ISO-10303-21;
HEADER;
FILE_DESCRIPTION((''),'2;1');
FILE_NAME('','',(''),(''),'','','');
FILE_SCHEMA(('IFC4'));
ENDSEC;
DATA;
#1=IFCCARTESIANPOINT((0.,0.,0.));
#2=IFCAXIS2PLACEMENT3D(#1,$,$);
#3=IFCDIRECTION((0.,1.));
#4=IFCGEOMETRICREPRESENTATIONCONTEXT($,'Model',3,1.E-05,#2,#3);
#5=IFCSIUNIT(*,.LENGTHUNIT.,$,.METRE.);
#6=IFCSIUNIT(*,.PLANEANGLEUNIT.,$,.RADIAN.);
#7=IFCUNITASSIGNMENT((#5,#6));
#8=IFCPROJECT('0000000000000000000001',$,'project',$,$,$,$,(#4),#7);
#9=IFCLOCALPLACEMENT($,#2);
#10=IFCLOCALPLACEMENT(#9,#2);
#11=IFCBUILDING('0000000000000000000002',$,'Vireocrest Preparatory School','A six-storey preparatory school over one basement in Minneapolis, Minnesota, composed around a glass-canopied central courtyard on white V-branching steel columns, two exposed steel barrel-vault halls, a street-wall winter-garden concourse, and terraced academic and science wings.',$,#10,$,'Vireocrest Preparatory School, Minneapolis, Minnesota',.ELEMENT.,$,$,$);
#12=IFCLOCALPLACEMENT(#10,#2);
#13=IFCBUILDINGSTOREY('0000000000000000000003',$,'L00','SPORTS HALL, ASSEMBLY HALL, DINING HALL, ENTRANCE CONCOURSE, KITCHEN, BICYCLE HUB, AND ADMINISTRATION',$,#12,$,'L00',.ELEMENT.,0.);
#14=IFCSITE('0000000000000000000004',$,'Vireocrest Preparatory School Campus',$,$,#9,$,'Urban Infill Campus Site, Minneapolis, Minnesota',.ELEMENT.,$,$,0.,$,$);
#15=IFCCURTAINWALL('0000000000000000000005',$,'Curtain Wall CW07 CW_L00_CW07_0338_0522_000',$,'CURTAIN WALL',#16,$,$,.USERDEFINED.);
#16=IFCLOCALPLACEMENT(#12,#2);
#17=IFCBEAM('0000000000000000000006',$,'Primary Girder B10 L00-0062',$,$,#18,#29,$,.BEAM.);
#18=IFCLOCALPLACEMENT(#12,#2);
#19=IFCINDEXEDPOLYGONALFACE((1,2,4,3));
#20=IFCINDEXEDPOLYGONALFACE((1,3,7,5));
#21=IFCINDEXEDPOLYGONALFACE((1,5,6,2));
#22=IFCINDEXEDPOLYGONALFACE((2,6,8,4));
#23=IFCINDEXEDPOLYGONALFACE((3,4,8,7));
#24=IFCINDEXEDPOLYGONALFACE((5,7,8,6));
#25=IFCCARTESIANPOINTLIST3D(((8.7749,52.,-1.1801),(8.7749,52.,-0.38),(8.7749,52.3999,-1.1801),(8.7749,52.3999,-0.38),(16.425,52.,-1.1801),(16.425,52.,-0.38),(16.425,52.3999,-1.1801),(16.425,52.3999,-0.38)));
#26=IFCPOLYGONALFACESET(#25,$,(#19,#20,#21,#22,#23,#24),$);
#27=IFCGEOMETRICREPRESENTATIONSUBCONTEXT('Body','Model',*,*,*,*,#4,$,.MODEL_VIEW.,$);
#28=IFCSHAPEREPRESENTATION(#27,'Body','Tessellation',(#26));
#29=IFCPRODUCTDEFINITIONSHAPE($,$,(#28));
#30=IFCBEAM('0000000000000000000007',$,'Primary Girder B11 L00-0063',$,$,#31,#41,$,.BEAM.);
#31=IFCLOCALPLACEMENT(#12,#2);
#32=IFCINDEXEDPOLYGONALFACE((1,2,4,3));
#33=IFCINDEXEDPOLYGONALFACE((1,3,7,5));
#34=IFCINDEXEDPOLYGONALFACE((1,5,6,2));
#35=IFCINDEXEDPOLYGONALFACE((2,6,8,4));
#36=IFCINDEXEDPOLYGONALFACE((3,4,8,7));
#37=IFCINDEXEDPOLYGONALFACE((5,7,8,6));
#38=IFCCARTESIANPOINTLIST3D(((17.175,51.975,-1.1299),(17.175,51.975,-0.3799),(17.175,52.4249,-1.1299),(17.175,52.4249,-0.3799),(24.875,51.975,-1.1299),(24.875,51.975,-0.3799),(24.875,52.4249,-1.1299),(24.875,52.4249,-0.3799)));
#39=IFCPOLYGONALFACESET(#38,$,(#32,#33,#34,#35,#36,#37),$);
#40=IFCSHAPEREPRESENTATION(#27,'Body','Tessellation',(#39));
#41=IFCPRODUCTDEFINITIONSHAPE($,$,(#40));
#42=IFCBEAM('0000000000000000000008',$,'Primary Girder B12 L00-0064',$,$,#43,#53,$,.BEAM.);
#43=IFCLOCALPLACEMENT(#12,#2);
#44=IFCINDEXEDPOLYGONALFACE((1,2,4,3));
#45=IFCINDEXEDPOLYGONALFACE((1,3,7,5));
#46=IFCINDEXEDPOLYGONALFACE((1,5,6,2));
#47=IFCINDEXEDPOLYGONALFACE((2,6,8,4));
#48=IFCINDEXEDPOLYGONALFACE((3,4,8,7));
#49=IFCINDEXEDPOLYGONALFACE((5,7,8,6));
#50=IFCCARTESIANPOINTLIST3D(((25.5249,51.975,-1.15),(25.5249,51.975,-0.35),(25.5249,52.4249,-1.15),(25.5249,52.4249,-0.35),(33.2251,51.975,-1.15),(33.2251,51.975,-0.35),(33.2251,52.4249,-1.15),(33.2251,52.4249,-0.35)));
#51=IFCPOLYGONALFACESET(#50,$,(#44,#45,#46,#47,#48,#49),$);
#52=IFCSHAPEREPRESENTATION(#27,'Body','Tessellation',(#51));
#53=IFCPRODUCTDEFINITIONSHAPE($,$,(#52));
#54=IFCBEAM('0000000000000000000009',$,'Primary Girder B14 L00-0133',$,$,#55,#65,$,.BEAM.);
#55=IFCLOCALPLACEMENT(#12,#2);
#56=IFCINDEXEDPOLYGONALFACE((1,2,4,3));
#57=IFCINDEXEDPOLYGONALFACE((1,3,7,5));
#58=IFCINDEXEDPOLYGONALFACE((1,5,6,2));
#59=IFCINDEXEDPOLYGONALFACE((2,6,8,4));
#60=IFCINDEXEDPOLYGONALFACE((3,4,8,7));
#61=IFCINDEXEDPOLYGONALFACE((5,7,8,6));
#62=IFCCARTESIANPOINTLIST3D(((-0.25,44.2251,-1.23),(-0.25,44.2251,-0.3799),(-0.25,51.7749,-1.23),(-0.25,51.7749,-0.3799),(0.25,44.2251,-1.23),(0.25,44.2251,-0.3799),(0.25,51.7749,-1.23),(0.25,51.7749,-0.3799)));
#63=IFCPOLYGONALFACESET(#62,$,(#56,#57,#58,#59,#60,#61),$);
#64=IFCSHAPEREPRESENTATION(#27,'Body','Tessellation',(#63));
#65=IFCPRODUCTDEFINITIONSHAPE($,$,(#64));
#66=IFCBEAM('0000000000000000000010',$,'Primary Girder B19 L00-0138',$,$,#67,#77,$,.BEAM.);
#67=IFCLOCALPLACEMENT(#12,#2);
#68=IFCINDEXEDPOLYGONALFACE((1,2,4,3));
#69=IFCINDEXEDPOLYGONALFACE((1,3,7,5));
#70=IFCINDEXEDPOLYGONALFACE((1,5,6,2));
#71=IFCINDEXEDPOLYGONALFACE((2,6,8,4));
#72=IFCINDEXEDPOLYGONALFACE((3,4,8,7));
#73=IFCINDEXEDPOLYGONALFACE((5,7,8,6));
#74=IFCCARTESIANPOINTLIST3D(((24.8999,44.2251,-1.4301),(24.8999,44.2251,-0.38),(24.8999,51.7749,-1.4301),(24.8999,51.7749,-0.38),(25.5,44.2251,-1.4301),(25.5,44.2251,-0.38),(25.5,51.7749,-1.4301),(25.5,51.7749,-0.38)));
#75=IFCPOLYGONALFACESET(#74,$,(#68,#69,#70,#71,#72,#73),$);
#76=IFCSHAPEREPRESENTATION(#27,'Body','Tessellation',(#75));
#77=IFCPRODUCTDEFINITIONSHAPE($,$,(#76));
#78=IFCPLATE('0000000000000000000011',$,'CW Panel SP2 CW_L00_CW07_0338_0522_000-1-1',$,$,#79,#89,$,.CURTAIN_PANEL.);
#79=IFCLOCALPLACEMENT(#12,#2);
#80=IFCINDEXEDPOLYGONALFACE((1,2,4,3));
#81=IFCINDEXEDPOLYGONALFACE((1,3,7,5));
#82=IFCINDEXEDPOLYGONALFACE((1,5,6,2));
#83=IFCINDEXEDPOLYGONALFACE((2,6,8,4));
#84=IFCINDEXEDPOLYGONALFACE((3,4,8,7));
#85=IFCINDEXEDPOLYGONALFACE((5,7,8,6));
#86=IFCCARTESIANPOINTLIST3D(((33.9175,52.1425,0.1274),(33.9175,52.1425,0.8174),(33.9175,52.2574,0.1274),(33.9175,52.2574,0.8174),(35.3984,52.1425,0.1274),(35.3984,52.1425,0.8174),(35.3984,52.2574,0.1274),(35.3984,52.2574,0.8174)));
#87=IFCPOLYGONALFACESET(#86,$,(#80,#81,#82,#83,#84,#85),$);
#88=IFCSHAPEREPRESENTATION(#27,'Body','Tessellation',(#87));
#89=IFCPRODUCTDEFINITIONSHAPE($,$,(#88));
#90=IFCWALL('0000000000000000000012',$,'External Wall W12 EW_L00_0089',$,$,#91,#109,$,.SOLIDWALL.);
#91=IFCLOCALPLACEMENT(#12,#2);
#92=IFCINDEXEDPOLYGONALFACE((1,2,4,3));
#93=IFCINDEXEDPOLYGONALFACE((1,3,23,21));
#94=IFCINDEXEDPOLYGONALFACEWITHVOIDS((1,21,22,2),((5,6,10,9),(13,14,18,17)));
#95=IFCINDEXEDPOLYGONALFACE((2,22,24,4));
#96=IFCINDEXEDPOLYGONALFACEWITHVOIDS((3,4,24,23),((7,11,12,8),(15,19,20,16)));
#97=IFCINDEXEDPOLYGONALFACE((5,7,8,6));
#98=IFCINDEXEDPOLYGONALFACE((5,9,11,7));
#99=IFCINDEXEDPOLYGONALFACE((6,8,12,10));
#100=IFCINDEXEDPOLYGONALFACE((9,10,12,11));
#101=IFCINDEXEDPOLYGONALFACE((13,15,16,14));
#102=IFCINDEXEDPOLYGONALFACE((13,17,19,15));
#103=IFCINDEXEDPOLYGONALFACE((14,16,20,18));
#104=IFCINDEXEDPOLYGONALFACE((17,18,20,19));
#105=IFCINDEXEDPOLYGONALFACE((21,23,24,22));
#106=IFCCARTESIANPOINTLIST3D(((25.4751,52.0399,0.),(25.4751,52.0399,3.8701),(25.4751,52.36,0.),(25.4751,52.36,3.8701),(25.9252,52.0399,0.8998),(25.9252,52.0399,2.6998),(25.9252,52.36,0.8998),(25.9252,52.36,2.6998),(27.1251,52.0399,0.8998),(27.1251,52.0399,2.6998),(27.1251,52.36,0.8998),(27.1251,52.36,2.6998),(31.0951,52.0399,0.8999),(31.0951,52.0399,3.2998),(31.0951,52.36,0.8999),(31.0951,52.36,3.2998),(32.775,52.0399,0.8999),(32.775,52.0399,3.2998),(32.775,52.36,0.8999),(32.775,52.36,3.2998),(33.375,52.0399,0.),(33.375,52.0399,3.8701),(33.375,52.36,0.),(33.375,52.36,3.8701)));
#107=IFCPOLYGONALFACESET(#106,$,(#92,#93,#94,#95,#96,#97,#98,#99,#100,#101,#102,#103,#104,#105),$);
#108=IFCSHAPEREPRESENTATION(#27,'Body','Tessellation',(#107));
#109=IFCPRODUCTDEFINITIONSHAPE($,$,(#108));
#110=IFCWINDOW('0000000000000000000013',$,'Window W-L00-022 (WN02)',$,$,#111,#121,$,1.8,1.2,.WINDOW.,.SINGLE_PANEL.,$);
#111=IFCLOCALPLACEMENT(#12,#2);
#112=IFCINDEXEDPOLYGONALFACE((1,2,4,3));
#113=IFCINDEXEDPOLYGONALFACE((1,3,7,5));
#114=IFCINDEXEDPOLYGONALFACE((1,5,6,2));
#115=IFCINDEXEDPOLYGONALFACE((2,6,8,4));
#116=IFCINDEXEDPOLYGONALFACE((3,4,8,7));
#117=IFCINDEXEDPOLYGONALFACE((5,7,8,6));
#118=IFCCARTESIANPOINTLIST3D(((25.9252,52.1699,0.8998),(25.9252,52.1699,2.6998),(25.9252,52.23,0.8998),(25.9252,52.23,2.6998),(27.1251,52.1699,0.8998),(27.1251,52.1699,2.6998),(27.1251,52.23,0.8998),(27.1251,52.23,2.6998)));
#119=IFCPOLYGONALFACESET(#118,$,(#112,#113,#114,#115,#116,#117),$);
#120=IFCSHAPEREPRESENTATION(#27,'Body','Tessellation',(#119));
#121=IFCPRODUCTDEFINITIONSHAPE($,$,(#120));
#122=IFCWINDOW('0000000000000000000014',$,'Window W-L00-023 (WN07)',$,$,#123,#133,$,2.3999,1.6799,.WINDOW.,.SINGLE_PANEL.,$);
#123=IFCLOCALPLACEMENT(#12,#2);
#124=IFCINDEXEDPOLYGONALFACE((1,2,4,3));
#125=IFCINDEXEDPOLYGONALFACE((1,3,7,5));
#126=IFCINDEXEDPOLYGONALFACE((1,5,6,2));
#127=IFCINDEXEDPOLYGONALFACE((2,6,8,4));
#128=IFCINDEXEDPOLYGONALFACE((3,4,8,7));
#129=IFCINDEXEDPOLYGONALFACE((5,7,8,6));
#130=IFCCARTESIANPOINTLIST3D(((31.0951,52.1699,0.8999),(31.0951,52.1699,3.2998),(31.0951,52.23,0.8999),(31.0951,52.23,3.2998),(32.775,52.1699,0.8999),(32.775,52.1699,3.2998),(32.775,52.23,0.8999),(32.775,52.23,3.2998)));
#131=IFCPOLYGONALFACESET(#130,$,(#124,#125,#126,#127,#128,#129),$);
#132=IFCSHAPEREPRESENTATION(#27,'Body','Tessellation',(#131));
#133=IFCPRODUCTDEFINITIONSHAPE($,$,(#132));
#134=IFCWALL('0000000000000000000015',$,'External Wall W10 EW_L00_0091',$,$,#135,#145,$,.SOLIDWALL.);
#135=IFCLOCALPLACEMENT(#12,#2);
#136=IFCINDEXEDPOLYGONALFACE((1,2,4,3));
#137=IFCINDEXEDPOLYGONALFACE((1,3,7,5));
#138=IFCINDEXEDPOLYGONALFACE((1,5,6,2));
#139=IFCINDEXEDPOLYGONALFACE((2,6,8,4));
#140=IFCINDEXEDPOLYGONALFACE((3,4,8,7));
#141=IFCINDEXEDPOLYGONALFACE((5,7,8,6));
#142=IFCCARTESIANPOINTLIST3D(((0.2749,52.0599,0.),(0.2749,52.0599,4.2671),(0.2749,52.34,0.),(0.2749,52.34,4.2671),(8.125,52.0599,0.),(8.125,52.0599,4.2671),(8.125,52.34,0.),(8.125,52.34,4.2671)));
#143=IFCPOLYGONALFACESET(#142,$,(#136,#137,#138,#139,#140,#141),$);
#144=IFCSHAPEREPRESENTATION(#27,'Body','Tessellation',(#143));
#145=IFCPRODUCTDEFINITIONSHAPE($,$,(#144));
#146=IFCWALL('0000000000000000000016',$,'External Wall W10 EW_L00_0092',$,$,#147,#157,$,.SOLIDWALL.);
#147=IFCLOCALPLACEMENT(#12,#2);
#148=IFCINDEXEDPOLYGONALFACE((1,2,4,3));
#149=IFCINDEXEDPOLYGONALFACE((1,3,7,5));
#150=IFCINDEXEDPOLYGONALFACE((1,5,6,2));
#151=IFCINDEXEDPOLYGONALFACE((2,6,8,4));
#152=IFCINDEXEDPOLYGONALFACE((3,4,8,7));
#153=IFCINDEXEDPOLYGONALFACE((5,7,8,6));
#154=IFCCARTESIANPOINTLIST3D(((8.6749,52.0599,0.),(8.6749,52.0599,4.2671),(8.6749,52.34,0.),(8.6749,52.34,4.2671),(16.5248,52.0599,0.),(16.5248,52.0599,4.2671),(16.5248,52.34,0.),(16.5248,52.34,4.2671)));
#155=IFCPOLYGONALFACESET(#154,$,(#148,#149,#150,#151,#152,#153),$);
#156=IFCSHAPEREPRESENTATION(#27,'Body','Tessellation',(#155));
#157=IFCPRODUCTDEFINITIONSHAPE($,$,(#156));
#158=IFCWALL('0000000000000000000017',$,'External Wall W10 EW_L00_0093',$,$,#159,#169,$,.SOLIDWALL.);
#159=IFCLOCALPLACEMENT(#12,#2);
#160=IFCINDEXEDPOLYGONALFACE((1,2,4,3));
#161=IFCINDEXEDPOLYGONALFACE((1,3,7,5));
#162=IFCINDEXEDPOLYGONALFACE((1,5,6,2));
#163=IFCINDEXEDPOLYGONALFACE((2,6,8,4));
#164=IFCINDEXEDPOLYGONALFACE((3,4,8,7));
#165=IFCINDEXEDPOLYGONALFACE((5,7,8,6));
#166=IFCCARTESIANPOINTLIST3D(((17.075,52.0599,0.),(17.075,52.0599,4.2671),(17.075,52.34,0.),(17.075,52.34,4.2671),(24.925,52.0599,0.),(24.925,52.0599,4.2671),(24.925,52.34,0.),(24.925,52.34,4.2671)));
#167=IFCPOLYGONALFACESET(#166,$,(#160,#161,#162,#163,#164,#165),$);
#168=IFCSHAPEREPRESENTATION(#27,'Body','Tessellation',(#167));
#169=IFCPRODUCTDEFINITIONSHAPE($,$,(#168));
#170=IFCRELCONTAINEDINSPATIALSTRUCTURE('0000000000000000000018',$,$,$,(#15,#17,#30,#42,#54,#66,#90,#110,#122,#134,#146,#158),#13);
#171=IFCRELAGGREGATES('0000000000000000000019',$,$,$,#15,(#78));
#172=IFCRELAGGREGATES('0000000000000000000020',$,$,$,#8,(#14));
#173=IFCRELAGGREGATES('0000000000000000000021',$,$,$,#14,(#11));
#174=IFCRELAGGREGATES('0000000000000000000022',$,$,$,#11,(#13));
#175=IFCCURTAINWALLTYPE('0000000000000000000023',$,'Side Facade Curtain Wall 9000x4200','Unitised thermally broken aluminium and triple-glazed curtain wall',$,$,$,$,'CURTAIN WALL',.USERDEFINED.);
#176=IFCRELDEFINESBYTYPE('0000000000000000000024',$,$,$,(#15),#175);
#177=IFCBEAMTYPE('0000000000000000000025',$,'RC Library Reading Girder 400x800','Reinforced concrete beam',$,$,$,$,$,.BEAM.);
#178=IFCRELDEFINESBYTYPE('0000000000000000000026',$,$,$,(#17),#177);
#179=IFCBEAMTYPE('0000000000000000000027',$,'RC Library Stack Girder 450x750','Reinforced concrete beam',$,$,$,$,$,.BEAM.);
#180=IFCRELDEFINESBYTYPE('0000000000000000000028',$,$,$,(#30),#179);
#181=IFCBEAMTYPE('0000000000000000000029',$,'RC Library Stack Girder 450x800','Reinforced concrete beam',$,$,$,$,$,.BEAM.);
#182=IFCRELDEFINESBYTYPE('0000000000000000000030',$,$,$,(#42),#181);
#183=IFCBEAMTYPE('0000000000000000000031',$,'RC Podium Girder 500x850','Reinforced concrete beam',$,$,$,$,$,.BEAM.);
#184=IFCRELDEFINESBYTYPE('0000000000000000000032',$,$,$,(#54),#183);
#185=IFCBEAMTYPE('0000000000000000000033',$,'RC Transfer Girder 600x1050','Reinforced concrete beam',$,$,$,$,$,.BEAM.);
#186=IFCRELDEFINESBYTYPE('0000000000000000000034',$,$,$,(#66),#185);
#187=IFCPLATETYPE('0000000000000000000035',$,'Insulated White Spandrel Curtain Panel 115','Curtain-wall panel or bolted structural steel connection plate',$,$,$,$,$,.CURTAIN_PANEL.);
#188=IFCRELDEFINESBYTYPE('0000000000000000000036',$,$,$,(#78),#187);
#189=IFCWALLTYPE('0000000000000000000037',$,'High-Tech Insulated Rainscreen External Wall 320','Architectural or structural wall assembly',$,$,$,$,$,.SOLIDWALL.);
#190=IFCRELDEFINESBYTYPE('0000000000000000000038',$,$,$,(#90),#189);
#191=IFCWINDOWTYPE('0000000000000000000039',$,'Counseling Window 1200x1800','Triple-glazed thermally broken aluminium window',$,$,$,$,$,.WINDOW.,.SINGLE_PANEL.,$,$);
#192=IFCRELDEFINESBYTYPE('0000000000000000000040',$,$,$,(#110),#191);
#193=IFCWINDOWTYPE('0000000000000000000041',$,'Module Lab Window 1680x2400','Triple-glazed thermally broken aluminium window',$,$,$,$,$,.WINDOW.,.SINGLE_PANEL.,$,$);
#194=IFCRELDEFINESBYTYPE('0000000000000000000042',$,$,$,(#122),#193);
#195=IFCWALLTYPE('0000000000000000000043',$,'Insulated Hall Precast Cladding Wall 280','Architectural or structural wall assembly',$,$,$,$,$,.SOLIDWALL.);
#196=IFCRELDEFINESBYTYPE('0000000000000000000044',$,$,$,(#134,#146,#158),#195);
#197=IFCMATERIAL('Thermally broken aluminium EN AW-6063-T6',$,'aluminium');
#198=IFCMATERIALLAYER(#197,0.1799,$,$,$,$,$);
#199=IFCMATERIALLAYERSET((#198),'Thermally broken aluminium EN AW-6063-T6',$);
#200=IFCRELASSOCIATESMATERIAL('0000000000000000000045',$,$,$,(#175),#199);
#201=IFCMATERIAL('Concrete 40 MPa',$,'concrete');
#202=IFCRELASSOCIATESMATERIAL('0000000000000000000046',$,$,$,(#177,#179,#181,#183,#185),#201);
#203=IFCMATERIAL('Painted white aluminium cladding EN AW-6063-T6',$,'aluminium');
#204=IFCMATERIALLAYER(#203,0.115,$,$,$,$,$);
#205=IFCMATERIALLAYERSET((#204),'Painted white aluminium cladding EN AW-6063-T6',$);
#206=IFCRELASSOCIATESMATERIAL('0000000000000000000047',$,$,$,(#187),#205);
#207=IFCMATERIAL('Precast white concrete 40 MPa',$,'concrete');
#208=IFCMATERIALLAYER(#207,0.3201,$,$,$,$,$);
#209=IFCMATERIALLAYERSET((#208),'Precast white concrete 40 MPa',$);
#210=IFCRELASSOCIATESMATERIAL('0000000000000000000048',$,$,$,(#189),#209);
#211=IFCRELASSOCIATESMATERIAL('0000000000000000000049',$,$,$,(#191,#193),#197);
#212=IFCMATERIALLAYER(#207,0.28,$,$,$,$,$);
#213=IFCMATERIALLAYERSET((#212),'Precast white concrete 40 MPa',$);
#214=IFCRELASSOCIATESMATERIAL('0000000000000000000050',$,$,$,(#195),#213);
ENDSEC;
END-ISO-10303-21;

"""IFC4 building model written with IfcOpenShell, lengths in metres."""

from ifc_helpers import new_model, si_unit, direction, frame, frame_2d, origin, origin_2d, place, context, subcontext, project, spatial, rectangle, extrude, material, layer, layer_set, material_profile, profile_set, type_object, element, fill, aggregate, save


model = new_model("IFC4")

# Units and contexts
model_context = context("Model", 3, precision=1e-05, world=origin(), true_north=direction((0.0, 1.0)))
body_context = subcontext(model_context, "Body", "Model", "MODEL_VIEW")
ifc_project = project(units=[si_unit("LENGTHUNIT", "METRE"), si_unit("PLANEANGLEUNIT", "RADIAN")], contexts=[model_context])

# Site, building, storey
site_placement = place(None, origin())
site = spatial("IfcSite", under=ifc_project, at=site_placement, Name="Vireocrest Preparatory School Campus", LongName="Urban Infill Campus Site, Minneapolis, Minnesota", CompositionType="ELEMENT", RefElevation=0.0)
building_placement = place(site_placement, origin())
building = spatial("IfcBuilding", under=site, at=building_placement, Name="Vireocrest Preparatory School", Description="A six-storey preparatory school over one basement in Minneapolis, Minnesota, composed around a glass-canopied central courtyard on white V-branching steel columns, two exposed steel barrel-vault halls, a street-wall winter-garden concourse, and terraced academic and science wings.", LongName="Vireocrest Preparatory School, Minneapolis, Minnesota", CompositionType="ELEMENT")
storey_placement = place(building_placement, origin())
storey = spatial("IfcBuildingStorey", under=building, at=storey_placement, Name="L00", Description="SPORTS HALL, ASSEMBLY HALL, DINING HALL, ENTRANCE CONCOURSE, KITCHEN, BICYCLE HUB, AND ADMINISTRATION", LongName="L00", CompositionType="ELEMENT", Elevation=0.0)

# Curtain wall
ifc_material_1 = material(Name="Thermally broken aluminium EN AW-6063-T6", Category="aluminium")
ifc_layer_1 = layer(ifc_material_1, 0.1799)
ifc_layer_set_1 = layer_set([ifc_layer_1], Name="Thermally broken aluminium EN AW-6063-T6")
curtain_wall_type = type_object("IfcCurtainWallType", Name="Side Facade Curtain Wall 9000x4200", Description="Unitised thermally broken aluminium and triple-glazed curtain wall", ElementType="CURTAIN WALL", PredefinedType="USERDEFINED", material=ifc_layer_set_1)
curtain_wall_placement = place(storey_placement, origin())
curtain_wall = element("IfcCurtainWall", 1, at=curtain_wall_placement, inside=storey, type_object=curtain_wall_type, Name="Curtain Wall CW07 CW_L00_CW07_0338_0522_000", ObjectType="CURTAIN WALL", PredefinedType="USERDEFINED")

# Beams
ifc_material_2 = material(Name="Concrete 40 MPa", Category="concrete")
ifc_material_profile_1 = material_profile(ifc_material_2, rectangle(XDim=0.3999, YDim=0.8, at=origin_2d()), Name="RC 400x800")
ifc_profile_set_1 = profile_set([ifc_material_profile_1], Name="Concrete 40 MPa")
beam_type_1 = type_object("IfcBeamType", Name="RC Library Reading Girder 400x800", Description="Reinforced concrete beam", PredefinedType="BEAM", material=ifc_profile_set_1)
beam_1_placement = place(storey_placement, frame((8.7749, 52.2, -0.78), z_axis=(1.0, 0.0, 0.0), x_axis=(0.0, 1.0, 0.0)))
element("IfcBeam", 2, at=beam_1_placement, inside=storey, type_object=beam_type_1, Name="Primary Girder B10 L00-0062", PredefinedType="BEAM", context=body_context, shape_type="SweptSolid", body=[
    extrude(rectangle(XDim=0.3999, YDim=0.8, at=origin_2d()), origin(), (0.0, 0.0, 1.0), 7.6501),
])
ifc_material_profile_2 = material_profile(ifc_material_2, rectangle(XDim=0.45, YDim=0.75, at=origin_2d()), Name="RC 450x750")
ifc_profile_set_2 = profile_set([ifc_material_profile_2], Name="Concrete 40 MPa")
beam_type_2 = type_object("IfcBeamType", Name="RC Library Stack Girder 450x750", Description="Reinforced concrete beam", PredefinedType="BEAM", material=ifc_profile_set_2)
beam_2_placement = place(storey_placement, frame((17.175, 52.2, -0.7549), z_axis=(1.0, 0.0, 0.0), x_axis=(0.0, 1.0, 0.0)))
element("IfcBeam", 3, at=beam_2_placement, inside=storey, type_object=beam_type_2, Name="Primary Girder B11 L00-0063", PredefinedType="BEAM", context=body_context, shape_type="SweptSolid", body=[
    extrude(rectangle(XDim=0.45, YDim=0.75, at=origin_2d()), origin(), (0.0, 0.0, 1.0), 7.7),
])
ifc_material_profile_3 = material_profile(ifc_material_2, rectangle(XDim=0.45, YDim=0.8, at=origin_2d()), Name="RC 450x800")
ifc_profile_set_3 = profile_set([ifc_material_profile_3], Name="Concrete 40 MPa")
beam_type_3 = type_object("IfcBeamType", Name="RC Library Stack Girder 450x800", Description="Reinforced concrete beam", PredefinedType="BEAM", material=ifc_profile_set_3)
beam_3_placement = place(storey_placement, frame((25.5249, 52.2, -0.75), z_axis=(1.0, 0.0, 0.0), x_axis=(0.0, 1.0, 0.0)))
element("IfcBeam", 4, at=beam_3_placement, inside=storey, type_object=beam_type_3, Name="Primary Girder B12 L00-0064", PredefinedType="BEAM", context=body_context, shape_type="SweptSolid", body=[
    extrude(rectangle(XDim=0.45, YDim=0.8, at=origin_2d()), origin(), (0.0, 0.0, 1.0), 7.7002),
])
ifc_material_profile_4 = material_profile(ifc_material_2, rectangle(XDim=0.5, YDim=0.8501, at=origin_2d()), Name="RC 500x850")
ifc_profile_set_4 = profile_set([ifc_material_profile_4], Name="Concrete 40 MPa")
beam_type_4 = type_object("IfcBeamType", Name="RC Podium Girder 500x850", Description="Reinforced concrete beam", PredefinedType="BEAM", material=ifc_profile_set_4)
beam_4_placement = place(storey_placement, frame((0.0, 44.2251, -0.8049), z_axis=(0.0, 1.0, 0.0), x_axis=(-1.0, 0.0, 0.0)))
element("IfcBeam", 5, at=beam_4_placement, inside=storey, type_object=beam_type_4, Name="Primary Girder B14 L00-0133", PredefinedType="BEAM", context=body_context, shape_type="SweptSolid", body=[
    extrude(rectangle(XDim=0.5, YDim=0.8501, at=origin_2d()), origin(), (0.0, 0.0, 1.0), 7.5498),
])
ifc_material_profile_5 = material_profile(ifc_material_2, rectangle(XDim=0.6001, YDim=1.05, at=origin_2d()), Name="RC 600x1050")
ifc_profile_set_5 = profile_set([ifc_material_profile_5], Name="Concrete 40 MPa")
beam_type_5 = type_object("IfcBeamType", Name="RC Transfer Girder 600x1050", Description="Reinforced concrete beam", PredefinedType="BEAM", material=ifc_profile_set_5)
beam_5_placement = place(storey_placement, frame((25.2, 44.2251, -0.905), z_axis=(0.0, 1.0, 0.0), x_axis=(-1.0, 0.0, 0.0)))
element("IfcBeam", 6, at=beam_5_placement, inside=storey, type_object=beam_type_5, Name="Primary Girder B19 L00-0138", PredefinedType="BEAM", context=body_context, shape_type="SweptSolid", body=[
    extrude(rectangle(XDim=0.6001, YDim=1.05, at=origin_2d()), origin(), (0.0, 0.0, 1.0), 7.5498),
])

# Plate
ifc_material_3 = material(Name="Painted white aluminium cladding EN AW-6063-T6", Category="aluminium")
ifc_layer_2 = layer(ifc_material_3, 0.115)
ifc_layer_set_2 = layer_set([ifc_layer_2], Name="Painted white aluminium cladding EN AW-6063-T6")
plate_type = type_object("IfcPlateType", Name="Insulated White Spandrel Curtain Panel 115", Description="Curtain-wall panel or bolted structural steel connection plate", PredefinedType="CURTAIN_PANEL", material=ifc_layer_set_2)
plate_placement = place(storey_placement, frame((34.658, 52.2, 0.1274), z_axis=(0.0, 0.0, 1.0), x_axis=(1.0, 0.0, 0.0)))
plate = element("IfcPlate", 7, at=plate_placement, type_object=plate_type, Name="CW Panel SP2 CW_L00_CW07_0338_0522_000-1-1", PredefinedType="CURTAIN_PANEL", context=body_context, shape_type="SweptSolid", body=[
    extrude(rectangle(XDim=1.481, YDim=0.115, at=origin_2d()), origin(), (0.0, 0.0, 1.0), 0.6899),
])
aggregate(curtain_wall, [plate])

# Wall, openings, windows
ifc_material_4 = material(Name="Precast white concrete 40 MPa", Category="concrete")
ifc_layer_3 = layer(ifc_material_4, 0.3201)
ifc_layer_set_3 = layer_set([ifc_layer_3], Name="Precast white concrete 40 MPa")
wall_type_1 = type_object("IfcWallType", Name="High-Tech Insulated Rainscreen External Wall 320", Description="Architectural or structural wall assembly", PredefinedType="SOLIDWALL", material=ifc_layer_set_3)
wall_1_placement = place(storey_placement, frame((25.4751, 52.2, 0.0), z_axis=(0.0, 0.0, 1.0), x_axis=(1.0, 0.0, 0.0)))
wall_1 = element("IfcWall", 8, at=wall_1_placement, inside=storey, type_object=wall_type_1, Name="External Wall W12 EW_L00_0089", PredefinedType="SOLIDWALL", context=body_context, shape_type="SweptSolid", body=[
    extrude(rectangle(XDim=7.8999, YDim=0.3201, at=frame_2d((3.95, 0.0))), origin(), (0.0, 0.0, 1.0), 3.8701),
])
opening_1_placement = place(wall_1_placement, frame((0.45, 0.0, 0.8999)))
opening_1 = element("IfcOpeningElement", 9, at=opening_1_placement, cuts=wall_1, PredefinedType="OPENING", context=body_context, shape_type="SweptSolid", body=[
    extrude(rectangle(XDim=1.2, YDim=1.8, at=frame_2d((0.6001, 0.8999))), frame((0.0, 0.1699, 0.0), z_axis=(0.0, -1.0, 0.0), x_axis=(1.0, 0.0, 0.0)), (0.0, 0.0, 1.0), 0.3401),
])
opening_2_placement = place(wall_1_placement, frame((5.6201, 0.0, 0.8999)))
opening_2 = element("IfcOpeningElement", 10, at=opening_2_placement, cuts=wall_1, PredefinedType="OPENING", context=body_context, shape_type="SweptSolid", body=[
    extrude(rectangle(XDim=1.6799, YDim=2.3999, at=frame_2d((0.8398, 1.2))), frame((0.0, 0.1699, 0.0), z_axis=(0.0, -1.0, 0.0), x_axis=(1.0, 0.0, 0.0)), (0.0, 0.0, 1.0), 0.3401),
])
window_type_1 = type_object("IfcWindowType", Name="Counseling Window 1200x1800", Description="Triple-glazed thermally broken aluminium window", PartitioningType="SINGLE_PANEL", PredefinedType="WINDOW", material=ifc_material_1)
window_1_placement = place(opening_1_placement, origin())
window_1 = element("IfcWindow", 11, at=window_1_placement, inside=storey, type_object=window_type_1, Name="Window W-L00-022 (WN02)", OverallHeight=1.8, OverallWidth=1.2, PartitioningType="SINGLE_PANEL", PredefinedType="WINDOW", context=body_context, shape_type="SweptSolid", body=[
    extrude(rectangle(XDim=1.2, YDim=1.8, at=frame_2d((0.6001, 0.8999))), frame((0.0, 0.03, 0.0), z_axis=(0.0, -1.0, 0.0), x_axis=(1.0, 0.0, 0.0)), (0.0, 0.0, 1.0), 0.0601),
])
fill(opening_1, window_1)
window_type_2 = type_object("IfcWindowType", Name="Module Lab Window 1680x2400", Description="Triple-glazed thermally broken aluminium window", PartitioningType="SINGLE_PANEL", PredefinedType="WINDOW", material=ifc_material_1)
window_2_placement = place(opening_2_placement, origin())
window_2 = element("IfcWindow", 12, at=window_2_placement, inside=storey, type_object=window_type_2, Name="Window W-L00-023 (WN07)", OverallHeight=2.3999, OverallWidth=1.6799, PartitioningType="SINGLE_PANEL", PredefinedType="WINDOW", context=body_context, shape_type="SweptSolid", body=[
    extrude(rectangle(XDim=1.6799, YDim=2.3999, at=frame_2d((0.8398, 1.2))), frame((0.0, 0.03, 0.0), z_axis=(0.0, -1.0, 0.0), x_axis=(1.0, 0.0, 0.0)), (0.0, 0.0, 1.0), 0.0601),
])
fill(opening_2, window_2)

# Walls
ifc_layer_4 = layer(ifc_material_4, 0.28)
ifc_layer_set_4 = layer_set([ifc_layer_4], Name="Precast white concrete 40 MPa")
wall_type_2 = type_object("IfcWallType", Name="Insulated Hall Precast Cladding Wall 280", Description="Architectural or structural wall assembly", PredefinedType="SOLIDWALL", material=ifc_layer_set_4)
wall_2_placement = place(storey_placement, frame((0.2749, 52.2, 0.0), z_axis=(0.0, 0.0, 1.0), x_axis=(1.0, 0.0, 0.0)))
element("IfcWall", 13, at=wall_2_placement, inside=storey, type_object=wall_type_2, Name="External Wall W10 EW_L00_0091", PredefinedType="SOLIDWALL", context=body_context, shape_type="SweptSolid", body=[
    extrude(rectangle(XDim=7.8501, YDim=0.28, at=frame_2d((3.925, 0.0))), origin(), (0.0, 0.0, 1.0), 4.2671),
])
wall_3_placement = place(storey_placement, frame((8.675, 52.2, 0.0), z_axis=(0.0, 0.0, 1.0), x_axis=(1.0, 0.0, 0.0)))
element("IfcWall", 14, at=wall_3_placement, inside=storey, type_object=wall_type_2, Name="External Wall W10 EW_L00_0092", PredefinedType="SOLIDWALL", context=body_context, shape_type="SweptSolid", body=[
    extrude(rectangle(XDim=7.8499, YDim=0.28, at=frame_2d((3.9248, 0.0))), origin(), (0.0, 0.0, 1.0), 4.2671),
])
wall_4_placement = place(storey_placement, frame((17.075, 52.2, 0.0), z_axis=(0.0, 0.0, 1.0), x_axis=(1.0, 0.0, 0.0)))
element("IfcWall", 15, at=wall_4_placement, inside=storey, type_object=wall_type_2, Name="External Wall W10 EW_L00_0093", PredefinedType="SOLIDWALL", context=body_context, shape_type="SweptSolid", body=[
    extrude(rectangle(XDim=7.8501, YDim=0.28, at=frame_2d((3.925, 0.0))), origin(), (0.0, 0.0, 1.0), 4.2671),
])

save(model, "model.ifc")
